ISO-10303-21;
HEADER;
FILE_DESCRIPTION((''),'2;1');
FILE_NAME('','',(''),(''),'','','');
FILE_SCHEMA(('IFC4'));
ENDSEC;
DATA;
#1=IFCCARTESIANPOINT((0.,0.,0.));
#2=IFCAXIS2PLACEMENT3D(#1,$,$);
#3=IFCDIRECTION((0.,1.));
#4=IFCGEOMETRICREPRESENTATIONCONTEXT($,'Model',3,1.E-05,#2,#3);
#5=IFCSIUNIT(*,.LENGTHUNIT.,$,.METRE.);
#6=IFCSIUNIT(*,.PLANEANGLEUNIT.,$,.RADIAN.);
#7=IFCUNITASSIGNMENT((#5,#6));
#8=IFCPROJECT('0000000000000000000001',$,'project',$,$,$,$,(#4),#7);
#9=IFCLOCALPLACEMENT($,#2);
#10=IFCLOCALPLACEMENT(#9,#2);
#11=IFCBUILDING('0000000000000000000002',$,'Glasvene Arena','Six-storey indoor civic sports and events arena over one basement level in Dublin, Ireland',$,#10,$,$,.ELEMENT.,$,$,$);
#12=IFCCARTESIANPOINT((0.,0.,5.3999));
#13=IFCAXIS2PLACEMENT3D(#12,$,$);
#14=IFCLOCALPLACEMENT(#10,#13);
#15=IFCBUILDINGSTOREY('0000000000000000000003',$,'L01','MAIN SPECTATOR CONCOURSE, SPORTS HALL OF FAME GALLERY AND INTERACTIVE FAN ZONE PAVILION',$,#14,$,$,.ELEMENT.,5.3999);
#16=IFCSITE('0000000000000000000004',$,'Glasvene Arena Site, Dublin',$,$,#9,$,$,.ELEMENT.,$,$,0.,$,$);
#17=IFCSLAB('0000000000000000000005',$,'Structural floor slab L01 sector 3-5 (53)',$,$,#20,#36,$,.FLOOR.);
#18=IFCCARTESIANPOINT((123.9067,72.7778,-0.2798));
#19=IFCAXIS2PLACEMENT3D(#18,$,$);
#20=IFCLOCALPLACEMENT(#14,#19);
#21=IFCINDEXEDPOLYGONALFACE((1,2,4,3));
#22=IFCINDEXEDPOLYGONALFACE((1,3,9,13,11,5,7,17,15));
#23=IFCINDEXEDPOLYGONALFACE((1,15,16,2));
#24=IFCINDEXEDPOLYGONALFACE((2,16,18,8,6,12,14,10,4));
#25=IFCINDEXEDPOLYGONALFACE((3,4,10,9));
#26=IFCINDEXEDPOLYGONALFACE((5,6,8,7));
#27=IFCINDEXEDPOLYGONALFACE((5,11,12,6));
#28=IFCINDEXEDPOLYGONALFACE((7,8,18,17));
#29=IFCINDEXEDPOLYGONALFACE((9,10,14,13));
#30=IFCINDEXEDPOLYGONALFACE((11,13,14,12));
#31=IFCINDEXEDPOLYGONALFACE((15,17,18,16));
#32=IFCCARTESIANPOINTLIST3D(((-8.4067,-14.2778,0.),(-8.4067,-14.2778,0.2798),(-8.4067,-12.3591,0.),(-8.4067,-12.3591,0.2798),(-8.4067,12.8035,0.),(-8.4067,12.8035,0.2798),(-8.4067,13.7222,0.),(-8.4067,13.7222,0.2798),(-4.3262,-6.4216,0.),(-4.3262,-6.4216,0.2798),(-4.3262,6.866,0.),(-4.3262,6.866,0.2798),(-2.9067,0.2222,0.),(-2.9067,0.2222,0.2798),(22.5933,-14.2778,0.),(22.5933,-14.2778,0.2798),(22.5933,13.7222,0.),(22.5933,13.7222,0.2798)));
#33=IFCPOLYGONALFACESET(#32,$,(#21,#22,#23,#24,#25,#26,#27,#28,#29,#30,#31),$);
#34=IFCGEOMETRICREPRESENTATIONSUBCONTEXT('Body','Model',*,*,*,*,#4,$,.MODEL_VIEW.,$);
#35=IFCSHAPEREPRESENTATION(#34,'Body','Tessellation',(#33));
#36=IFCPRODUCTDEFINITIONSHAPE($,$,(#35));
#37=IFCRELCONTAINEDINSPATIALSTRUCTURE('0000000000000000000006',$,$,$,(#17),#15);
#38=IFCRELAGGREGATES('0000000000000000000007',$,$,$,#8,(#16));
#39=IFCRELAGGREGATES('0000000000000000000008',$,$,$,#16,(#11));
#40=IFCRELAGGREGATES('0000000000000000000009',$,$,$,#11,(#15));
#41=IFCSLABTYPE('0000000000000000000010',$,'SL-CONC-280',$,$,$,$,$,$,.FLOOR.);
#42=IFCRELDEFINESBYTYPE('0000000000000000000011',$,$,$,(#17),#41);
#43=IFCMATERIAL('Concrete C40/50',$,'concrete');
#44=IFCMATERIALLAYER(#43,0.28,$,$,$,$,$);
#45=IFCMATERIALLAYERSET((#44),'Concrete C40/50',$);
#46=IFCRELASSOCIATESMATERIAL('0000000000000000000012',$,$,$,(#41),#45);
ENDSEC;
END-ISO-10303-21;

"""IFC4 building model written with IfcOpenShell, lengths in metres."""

from ifc_helpers import new_model, si_unit, direction, frame, origin, place, context, subcontext, project, spatial, polyline, outline, extrude, material, layer, layer_set, type_object, element, save


model = new_model("IFC4")

# Units and contexts
model_context = context("Model", 3, precision=1e-05, world=origin(), true_north=direction((0.0, 1.0)))
body_context = subcontext(model_context, "Body", "Model", "MODEL_VIEW")
ifc_project = project(units=[si_unit("LENGTHUNIT", "METRE"), si_unit("PLANEANGLEUNIT", "RADIAN")], contexts=[model_context])

# Site, building, storey
site_placement = place(None, origin())
site = spatial("IfcSite", under=ifc_project, at=site_placement, Name="Glasvene Arena Site, Dublin", CompositionType="ELEMENT", RefElevation=0.0)
building_placement = place(site_placement, origin())
building = spatial("IfcBuilding", under=site, at=building_placement, Name="Glasvene Arena", Description="Six-storey indoor civic sports and events arena over one basement level in Dublin, Ireland", CompositionType="ELEMENT")
storey_placement = place(building_placement, frame((0.0, 0.0, 5.3999)))
storey = spatial("IfcBuildingStorey", under=building, at=storey_placement, Name="L01", Description="MAIN SPECTATOR CONCOURSE, SPORTS HALL OF FAME GALLERY AND INTERACTIVE FAN ZONE PAVILION", CompositionType="ELEMENT", Elevation=5.3999)

# Shared definitions
ifc_material_1 = material(Name="Concrete C40/50", Category="concrete")

# Slab
ifc_layer_1 = layer(ifc_material_1, 0.28)
ifc_layer_set_1 = layer_set([ifc_layer_1], Name="Concrete C40/50")
slab_type_1 = type_object("IfcSlabType", Name="SL-CONC-280", PredefinedType="FLOOR", material=ifc_layer_set_1)
slab_1_placement = place(storey_placement, frame((123.9067, 72.7778, -0.2798)))
element("IfcSlab", 1, at=slab_1_placement, inside=storey, type_object=slab_type_1, Name="Structural floor slab L01 sector 3-5 (53)", PredefinedType="FLOOR", context=body_context, shape_type="SweptSolid", body=[
    extrude(outline(polyline([(-4.3262, -6.4216), (-2.9067, 0.2222), (-4.3262, 6.866), (-8.4067, 12.8035), (-8.4067, 13.7222), (22.5933, 13.7222), (22.5933, -14.2778), (-8.4067, -14.2778), (-8.4067, -12.3591), (-4.3262, -6.4216)])), origin(), (0.0, 0.0, 1.0), 0.2798),
])

save(model, "model.ifc")
